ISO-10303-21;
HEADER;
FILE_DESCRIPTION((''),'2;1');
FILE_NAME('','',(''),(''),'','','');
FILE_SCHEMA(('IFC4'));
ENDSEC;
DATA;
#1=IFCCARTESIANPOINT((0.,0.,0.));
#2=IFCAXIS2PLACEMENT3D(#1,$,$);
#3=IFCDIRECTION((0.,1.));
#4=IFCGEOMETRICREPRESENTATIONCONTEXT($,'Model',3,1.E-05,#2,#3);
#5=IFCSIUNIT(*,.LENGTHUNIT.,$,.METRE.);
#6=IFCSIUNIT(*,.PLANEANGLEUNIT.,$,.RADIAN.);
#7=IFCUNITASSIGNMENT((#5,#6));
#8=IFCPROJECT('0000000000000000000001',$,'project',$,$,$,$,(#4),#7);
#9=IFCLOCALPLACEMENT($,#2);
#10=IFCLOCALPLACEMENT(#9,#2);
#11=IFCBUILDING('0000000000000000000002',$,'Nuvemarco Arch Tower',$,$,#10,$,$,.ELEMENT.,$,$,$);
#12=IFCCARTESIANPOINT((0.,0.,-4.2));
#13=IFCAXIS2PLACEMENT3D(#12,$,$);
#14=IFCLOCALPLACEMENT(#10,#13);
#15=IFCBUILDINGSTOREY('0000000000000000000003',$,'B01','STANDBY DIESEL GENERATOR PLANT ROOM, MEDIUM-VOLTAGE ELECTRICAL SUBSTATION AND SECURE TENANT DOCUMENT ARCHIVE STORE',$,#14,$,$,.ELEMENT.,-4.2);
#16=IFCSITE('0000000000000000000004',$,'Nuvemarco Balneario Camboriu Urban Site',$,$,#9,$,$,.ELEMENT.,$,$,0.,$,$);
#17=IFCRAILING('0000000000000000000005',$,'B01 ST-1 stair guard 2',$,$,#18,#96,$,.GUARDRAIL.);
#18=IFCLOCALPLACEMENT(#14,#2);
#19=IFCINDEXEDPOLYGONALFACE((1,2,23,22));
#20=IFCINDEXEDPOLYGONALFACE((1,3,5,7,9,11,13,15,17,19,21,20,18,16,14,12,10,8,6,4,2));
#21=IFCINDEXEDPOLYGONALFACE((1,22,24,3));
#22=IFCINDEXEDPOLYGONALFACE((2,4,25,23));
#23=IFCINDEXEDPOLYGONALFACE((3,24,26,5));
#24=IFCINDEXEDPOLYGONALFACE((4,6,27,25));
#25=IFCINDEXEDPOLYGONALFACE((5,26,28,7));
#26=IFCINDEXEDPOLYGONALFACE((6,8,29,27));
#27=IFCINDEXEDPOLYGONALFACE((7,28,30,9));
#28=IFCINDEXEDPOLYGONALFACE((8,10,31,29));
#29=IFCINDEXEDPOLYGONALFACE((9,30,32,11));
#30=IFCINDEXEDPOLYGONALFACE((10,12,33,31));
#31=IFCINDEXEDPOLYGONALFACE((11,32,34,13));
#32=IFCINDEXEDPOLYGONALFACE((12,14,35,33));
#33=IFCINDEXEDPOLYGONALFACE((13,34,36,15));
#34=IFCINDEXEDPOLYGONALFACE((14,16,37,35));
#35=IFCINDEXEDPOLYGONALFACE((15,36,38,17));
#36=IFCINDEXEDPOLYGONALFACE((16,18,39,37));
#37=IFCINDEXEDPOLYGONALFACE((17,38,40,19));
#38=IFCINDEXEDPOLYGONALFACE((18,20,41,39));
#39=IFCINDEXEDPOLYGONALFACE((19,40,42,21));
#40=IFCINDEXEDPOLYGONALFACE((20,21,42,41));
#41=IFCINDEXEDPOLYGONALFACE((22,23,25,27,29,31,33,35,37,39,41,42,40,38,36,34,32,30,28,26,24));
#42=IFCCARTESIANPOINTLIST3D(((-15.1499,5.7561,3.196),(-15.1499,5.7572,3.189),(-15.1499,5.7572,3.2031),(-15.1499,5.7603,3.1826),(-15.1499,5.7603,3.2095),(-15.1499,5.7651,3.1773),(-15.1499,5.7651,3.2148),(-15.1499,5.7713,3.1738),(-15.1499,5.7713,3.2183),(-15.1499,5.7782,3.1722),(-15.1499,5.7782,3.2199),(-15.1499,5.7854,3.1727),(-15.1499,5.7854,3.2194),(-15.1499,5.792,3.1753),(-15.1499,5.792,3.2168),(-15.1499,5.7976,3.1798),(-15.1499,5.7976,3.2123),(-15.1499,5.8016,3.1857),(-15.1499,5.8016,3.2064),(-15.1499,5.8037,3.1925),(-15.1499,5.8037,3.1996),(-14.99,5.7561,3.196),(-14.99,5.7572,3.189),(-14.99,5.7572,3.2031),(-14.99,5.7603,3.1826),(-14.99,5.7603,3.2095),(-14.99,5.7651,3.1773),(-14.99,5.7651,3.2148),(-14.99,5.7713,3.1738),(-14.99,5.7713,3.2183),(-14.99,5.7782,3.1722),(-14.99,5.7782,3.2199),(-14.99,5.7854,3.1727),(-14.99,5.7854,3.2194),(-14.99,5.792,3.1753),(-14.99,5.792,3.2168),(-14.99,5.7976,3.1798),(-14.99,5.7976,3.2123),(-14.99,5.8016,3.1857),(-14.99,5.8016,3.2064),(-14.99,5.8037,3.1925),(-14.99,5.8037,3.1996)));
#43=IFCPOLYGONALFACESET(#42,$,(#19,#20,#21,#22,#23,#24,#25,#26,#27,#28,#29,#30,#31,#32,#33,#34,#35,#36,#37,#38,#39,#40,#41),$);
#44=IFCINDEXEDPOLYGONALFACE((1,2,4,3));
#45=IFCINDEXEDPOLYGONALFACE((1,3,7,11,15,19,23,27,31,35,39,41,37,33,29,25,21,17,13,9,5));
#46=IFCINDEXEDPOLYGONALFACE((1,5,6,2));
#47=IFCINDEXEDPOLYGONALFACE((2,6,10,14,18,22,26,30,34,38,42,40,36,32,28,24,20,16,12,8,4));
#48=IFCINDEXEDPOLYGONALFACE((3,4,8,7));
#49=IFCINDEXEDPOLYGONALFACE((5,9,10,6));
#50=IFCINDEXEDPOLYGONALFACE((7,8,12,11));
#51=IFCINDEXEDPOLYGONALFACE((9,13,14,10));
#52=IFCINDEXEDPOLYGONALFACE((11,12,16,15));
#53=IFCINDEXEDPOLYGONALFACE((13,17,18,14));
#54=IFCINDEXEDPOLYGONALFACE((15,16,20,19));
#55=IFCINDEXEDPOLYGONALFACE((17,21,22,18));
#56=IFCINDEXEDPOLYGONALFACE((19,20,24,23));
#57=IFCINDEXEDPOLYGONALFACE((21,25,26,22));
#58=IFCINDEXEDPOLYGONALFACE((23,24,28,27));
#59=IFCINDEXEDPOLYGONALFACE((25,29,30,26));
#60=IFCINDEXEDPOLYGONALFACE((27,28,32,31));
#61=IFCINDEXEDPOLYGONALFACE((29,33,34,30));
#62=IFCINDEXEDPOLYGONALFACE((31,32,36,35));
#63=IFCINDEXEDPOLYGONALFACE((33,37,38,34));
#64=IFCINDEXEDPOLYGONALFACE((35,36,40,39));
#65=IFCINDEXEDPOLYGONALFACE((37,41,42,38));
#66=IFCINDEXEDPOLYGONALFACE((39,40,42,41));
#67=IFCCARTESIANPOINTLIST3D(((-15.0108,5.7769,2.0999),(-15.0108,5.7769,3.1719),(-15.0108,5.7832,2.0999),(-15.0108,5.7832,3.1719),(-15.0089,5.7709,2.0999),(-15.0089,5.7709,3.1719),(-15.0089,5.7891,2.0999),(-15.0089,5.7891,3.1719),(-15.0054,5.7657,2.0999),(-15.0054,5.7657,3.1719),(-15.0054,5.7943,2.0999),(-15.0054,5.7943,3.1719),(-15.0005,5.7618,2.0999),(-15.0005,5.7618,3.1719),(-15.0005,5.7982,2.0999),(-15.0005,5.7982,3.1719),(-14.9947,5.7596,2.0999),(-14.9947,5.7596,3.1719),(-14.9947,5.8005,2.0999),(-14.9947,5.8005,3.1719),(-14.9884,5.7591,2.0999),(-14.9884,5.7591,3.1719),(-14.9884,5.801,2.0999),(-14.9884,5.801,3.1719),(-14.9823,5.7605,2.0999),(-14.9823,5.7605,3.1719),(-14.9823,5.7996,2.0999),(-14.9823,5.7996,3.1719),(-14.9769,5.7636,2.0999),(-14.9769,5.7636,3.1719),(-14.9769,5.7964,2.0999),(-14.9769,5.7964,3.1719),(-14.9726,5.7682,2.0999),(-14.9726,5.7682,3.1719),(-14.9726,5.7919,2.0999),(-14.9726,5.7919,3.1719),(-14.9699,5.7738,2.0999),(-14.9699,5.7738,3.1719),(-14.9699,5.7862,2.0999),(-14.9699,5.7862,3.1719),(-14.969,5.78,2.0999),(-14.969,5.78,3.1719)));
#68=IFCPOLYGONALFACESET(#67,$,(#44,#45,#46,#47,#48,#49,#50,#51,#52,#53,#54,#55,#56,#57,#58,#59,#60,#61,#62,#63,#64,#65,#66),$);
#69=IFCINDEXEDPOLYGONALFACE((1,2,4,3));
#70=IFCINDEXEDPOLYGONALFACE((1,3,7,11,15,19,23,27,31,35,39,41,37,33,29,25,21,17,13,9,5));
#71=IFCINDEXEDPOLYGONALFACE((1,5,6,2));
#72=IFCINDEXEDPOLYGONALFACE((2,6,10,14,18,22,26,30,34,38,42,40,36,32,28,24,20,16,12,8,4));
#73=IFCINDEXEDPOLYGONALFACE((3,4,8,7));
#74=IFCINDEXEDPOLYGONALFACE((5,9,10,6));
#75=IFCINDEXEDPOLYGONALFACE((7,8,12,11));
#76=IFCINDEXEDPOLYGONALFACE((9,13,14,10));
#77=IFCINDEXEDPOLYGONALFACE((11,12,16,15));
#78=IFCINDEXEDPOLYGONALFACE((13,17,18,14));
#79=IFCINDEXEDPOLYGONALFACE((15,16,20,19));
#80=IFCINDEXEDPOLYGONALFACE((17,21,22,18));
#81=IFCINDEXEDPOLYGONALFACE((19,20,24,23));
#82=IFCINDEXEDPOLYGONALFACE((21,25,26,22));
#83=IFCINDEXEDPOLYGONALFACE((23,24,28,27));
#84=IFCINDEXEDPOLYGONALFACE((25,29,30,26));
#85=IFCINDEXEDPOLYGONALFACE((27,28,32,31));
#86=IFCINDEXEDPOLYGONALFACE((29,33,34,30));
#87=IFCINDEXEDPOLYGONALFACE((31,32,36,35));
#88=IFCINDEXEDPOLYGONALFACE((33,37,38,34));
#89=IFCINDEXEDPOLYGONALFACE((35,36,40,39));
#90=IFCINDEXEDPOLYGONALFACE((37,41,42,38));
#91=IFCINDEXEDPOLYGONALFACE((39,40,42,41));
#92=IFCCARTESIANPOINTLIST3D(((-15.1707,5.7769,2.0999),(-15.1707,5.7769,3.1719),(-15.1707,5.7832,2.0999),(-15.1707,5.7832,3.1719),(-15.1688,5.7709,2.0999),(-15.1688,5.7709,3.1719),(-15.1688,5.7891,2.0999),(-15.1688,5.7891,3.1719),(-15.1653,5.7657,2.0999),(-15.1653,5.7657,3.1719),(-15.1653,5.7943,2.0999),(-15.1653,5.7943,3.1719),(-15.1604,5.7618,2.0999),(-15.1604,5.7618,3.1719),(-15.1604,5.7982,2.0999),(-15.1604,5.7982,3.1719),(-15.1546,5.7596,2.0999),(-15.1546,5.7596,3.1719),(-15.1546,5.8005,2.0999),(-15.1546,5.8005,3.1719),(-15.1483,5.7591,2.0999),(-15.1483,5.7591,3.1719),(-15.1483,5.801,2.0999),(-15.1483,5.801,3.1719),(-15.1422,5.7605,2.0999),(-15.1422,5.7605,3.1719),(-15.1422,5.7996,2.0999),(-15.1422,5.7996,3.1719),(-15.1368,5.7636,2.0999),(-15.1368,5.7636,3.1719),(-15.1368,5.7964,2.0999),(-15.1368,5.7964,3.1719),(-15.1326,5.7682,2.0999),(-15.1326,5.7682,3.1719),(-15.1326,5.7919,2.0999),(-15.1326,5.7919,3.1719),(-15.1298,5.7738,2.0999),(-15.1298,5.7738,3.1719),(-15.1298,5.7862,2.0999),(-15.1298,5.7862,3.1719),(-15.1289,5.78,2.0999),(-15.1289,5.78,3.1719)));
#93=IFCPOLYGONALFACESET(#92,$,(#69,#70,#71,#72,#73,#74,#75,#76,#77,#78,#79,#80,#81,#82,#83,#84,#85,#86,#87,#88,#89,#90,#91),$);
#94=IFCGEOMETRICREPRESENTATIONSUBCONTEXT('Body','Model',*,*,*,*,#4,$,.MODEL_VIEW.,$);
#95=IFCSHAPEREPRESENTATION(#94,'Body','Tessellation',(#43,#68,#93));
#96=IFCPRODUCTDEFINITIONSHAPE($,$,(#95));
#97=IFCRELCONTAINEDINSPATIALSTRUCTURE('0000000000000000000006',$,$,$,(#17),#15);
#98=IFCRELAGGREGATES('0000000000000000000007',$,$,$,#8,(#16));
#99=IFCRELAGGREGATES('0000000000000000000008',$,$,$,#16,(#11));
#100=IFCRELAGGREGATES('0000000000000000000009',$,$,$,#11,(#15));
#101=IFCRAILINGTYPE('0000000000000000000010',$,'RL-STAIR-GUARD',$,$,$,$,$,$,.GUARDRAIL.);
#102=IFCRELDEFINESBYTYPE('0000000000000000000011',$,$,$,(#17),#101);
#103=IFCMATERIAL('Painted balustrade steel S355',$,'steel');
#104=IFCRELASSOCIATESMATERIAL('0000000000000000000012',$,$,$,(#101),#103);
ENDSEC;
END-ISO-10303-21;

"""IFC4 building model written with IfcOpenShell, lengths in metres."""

from ifc_helpers import new_model, si_unit, direction, frame, origin, origin_2d, place, context, subcontext, project, spatial, circle, extrude, material, type_object, element, save


model = new_model("IFC4")

# Units and contexts
model_context = context("Model", 3, precision=1e-05, world=origin(), true_north=direction((0.0, 1.0)))
body_context = subcontext(model_context, "Body", "Model", "MODEL_VIEW")
ifc_project = project(units=[si_unit("LENGTHUNIT", "METRE"), si_unit("PLANEANGLEUNIT", "RADIAN")], contexts=[model_context])

# Site, building, storey
site_placement = place(None, origin())
site = spatial("IfcSite", under=ifc_project, at=site_placement, Name="Nuvemarco Balneario Camboriu Urban Site", CompositionType="ELEMENT", RefElevation=0.0)
building_placement = place(site_placement, origin())
building = spatial("IfcBuilding", under=site, at=building_placement, Name="Nuvemarco Arch Tower", CompositionType="ELEMENT")
storey_placement = place(building_placement, frame((0.0, 0.0, -4.2)))
storey = spatial("IfcBuildingStorey", under=building, at=storey_placement, Name="B01", Description="STANDBY DIESEL GENERATOR PLANT ROOM, MEDIUM-VOLTAGE ELECTRICAL SUBSTATION AND SECURE TENANT DOCUMENT ARCHIVE STORE", CompositionType="ELEMENT", Elevation=-4.2)

# Railing
ifc_material_1 = material(Name="Painted balustrade steel S355", Category="steel")
railing_type_1 = type_object("IfcRailingType", Name="RL-STAIR-GUARD", PredefinedType="GUARDRAIL", material=ifc_material_1)
railing_1_placement = place(storey_placement, frame((-14.99, 5.78, 2.0999)))
element("IfcRailing", 1, at=railing_1_placement, inside=storey, type_object=railing_type_1, Name="B01 ST-1 stair guard 2", PredefinedType="GUARDRAIL", context=body_context, shape_type="SweptSolid", body=[
    extrude(circle(Radius=0.0239, at=origin_2d()), frame((0.0, 0.0, 1.0962), z_axis=(-1.0, 0.0, 0.0), x_axis=(0.0, -1.0, 0.0)), (0.0, 0.0, 1.0), 0.1599),
    extrude(circle(Radius=0.021, at=origin_2d()), origin(), (0.0, 0.0, 1.0), 1.072),
    extrude(circle(Radius=0.021, at=origin_2d()), frame((-0.1599, 0.0, 0.0)), (0.0, 0.0, 1.0), 1.072),
])

save(model, "model.ifc")
